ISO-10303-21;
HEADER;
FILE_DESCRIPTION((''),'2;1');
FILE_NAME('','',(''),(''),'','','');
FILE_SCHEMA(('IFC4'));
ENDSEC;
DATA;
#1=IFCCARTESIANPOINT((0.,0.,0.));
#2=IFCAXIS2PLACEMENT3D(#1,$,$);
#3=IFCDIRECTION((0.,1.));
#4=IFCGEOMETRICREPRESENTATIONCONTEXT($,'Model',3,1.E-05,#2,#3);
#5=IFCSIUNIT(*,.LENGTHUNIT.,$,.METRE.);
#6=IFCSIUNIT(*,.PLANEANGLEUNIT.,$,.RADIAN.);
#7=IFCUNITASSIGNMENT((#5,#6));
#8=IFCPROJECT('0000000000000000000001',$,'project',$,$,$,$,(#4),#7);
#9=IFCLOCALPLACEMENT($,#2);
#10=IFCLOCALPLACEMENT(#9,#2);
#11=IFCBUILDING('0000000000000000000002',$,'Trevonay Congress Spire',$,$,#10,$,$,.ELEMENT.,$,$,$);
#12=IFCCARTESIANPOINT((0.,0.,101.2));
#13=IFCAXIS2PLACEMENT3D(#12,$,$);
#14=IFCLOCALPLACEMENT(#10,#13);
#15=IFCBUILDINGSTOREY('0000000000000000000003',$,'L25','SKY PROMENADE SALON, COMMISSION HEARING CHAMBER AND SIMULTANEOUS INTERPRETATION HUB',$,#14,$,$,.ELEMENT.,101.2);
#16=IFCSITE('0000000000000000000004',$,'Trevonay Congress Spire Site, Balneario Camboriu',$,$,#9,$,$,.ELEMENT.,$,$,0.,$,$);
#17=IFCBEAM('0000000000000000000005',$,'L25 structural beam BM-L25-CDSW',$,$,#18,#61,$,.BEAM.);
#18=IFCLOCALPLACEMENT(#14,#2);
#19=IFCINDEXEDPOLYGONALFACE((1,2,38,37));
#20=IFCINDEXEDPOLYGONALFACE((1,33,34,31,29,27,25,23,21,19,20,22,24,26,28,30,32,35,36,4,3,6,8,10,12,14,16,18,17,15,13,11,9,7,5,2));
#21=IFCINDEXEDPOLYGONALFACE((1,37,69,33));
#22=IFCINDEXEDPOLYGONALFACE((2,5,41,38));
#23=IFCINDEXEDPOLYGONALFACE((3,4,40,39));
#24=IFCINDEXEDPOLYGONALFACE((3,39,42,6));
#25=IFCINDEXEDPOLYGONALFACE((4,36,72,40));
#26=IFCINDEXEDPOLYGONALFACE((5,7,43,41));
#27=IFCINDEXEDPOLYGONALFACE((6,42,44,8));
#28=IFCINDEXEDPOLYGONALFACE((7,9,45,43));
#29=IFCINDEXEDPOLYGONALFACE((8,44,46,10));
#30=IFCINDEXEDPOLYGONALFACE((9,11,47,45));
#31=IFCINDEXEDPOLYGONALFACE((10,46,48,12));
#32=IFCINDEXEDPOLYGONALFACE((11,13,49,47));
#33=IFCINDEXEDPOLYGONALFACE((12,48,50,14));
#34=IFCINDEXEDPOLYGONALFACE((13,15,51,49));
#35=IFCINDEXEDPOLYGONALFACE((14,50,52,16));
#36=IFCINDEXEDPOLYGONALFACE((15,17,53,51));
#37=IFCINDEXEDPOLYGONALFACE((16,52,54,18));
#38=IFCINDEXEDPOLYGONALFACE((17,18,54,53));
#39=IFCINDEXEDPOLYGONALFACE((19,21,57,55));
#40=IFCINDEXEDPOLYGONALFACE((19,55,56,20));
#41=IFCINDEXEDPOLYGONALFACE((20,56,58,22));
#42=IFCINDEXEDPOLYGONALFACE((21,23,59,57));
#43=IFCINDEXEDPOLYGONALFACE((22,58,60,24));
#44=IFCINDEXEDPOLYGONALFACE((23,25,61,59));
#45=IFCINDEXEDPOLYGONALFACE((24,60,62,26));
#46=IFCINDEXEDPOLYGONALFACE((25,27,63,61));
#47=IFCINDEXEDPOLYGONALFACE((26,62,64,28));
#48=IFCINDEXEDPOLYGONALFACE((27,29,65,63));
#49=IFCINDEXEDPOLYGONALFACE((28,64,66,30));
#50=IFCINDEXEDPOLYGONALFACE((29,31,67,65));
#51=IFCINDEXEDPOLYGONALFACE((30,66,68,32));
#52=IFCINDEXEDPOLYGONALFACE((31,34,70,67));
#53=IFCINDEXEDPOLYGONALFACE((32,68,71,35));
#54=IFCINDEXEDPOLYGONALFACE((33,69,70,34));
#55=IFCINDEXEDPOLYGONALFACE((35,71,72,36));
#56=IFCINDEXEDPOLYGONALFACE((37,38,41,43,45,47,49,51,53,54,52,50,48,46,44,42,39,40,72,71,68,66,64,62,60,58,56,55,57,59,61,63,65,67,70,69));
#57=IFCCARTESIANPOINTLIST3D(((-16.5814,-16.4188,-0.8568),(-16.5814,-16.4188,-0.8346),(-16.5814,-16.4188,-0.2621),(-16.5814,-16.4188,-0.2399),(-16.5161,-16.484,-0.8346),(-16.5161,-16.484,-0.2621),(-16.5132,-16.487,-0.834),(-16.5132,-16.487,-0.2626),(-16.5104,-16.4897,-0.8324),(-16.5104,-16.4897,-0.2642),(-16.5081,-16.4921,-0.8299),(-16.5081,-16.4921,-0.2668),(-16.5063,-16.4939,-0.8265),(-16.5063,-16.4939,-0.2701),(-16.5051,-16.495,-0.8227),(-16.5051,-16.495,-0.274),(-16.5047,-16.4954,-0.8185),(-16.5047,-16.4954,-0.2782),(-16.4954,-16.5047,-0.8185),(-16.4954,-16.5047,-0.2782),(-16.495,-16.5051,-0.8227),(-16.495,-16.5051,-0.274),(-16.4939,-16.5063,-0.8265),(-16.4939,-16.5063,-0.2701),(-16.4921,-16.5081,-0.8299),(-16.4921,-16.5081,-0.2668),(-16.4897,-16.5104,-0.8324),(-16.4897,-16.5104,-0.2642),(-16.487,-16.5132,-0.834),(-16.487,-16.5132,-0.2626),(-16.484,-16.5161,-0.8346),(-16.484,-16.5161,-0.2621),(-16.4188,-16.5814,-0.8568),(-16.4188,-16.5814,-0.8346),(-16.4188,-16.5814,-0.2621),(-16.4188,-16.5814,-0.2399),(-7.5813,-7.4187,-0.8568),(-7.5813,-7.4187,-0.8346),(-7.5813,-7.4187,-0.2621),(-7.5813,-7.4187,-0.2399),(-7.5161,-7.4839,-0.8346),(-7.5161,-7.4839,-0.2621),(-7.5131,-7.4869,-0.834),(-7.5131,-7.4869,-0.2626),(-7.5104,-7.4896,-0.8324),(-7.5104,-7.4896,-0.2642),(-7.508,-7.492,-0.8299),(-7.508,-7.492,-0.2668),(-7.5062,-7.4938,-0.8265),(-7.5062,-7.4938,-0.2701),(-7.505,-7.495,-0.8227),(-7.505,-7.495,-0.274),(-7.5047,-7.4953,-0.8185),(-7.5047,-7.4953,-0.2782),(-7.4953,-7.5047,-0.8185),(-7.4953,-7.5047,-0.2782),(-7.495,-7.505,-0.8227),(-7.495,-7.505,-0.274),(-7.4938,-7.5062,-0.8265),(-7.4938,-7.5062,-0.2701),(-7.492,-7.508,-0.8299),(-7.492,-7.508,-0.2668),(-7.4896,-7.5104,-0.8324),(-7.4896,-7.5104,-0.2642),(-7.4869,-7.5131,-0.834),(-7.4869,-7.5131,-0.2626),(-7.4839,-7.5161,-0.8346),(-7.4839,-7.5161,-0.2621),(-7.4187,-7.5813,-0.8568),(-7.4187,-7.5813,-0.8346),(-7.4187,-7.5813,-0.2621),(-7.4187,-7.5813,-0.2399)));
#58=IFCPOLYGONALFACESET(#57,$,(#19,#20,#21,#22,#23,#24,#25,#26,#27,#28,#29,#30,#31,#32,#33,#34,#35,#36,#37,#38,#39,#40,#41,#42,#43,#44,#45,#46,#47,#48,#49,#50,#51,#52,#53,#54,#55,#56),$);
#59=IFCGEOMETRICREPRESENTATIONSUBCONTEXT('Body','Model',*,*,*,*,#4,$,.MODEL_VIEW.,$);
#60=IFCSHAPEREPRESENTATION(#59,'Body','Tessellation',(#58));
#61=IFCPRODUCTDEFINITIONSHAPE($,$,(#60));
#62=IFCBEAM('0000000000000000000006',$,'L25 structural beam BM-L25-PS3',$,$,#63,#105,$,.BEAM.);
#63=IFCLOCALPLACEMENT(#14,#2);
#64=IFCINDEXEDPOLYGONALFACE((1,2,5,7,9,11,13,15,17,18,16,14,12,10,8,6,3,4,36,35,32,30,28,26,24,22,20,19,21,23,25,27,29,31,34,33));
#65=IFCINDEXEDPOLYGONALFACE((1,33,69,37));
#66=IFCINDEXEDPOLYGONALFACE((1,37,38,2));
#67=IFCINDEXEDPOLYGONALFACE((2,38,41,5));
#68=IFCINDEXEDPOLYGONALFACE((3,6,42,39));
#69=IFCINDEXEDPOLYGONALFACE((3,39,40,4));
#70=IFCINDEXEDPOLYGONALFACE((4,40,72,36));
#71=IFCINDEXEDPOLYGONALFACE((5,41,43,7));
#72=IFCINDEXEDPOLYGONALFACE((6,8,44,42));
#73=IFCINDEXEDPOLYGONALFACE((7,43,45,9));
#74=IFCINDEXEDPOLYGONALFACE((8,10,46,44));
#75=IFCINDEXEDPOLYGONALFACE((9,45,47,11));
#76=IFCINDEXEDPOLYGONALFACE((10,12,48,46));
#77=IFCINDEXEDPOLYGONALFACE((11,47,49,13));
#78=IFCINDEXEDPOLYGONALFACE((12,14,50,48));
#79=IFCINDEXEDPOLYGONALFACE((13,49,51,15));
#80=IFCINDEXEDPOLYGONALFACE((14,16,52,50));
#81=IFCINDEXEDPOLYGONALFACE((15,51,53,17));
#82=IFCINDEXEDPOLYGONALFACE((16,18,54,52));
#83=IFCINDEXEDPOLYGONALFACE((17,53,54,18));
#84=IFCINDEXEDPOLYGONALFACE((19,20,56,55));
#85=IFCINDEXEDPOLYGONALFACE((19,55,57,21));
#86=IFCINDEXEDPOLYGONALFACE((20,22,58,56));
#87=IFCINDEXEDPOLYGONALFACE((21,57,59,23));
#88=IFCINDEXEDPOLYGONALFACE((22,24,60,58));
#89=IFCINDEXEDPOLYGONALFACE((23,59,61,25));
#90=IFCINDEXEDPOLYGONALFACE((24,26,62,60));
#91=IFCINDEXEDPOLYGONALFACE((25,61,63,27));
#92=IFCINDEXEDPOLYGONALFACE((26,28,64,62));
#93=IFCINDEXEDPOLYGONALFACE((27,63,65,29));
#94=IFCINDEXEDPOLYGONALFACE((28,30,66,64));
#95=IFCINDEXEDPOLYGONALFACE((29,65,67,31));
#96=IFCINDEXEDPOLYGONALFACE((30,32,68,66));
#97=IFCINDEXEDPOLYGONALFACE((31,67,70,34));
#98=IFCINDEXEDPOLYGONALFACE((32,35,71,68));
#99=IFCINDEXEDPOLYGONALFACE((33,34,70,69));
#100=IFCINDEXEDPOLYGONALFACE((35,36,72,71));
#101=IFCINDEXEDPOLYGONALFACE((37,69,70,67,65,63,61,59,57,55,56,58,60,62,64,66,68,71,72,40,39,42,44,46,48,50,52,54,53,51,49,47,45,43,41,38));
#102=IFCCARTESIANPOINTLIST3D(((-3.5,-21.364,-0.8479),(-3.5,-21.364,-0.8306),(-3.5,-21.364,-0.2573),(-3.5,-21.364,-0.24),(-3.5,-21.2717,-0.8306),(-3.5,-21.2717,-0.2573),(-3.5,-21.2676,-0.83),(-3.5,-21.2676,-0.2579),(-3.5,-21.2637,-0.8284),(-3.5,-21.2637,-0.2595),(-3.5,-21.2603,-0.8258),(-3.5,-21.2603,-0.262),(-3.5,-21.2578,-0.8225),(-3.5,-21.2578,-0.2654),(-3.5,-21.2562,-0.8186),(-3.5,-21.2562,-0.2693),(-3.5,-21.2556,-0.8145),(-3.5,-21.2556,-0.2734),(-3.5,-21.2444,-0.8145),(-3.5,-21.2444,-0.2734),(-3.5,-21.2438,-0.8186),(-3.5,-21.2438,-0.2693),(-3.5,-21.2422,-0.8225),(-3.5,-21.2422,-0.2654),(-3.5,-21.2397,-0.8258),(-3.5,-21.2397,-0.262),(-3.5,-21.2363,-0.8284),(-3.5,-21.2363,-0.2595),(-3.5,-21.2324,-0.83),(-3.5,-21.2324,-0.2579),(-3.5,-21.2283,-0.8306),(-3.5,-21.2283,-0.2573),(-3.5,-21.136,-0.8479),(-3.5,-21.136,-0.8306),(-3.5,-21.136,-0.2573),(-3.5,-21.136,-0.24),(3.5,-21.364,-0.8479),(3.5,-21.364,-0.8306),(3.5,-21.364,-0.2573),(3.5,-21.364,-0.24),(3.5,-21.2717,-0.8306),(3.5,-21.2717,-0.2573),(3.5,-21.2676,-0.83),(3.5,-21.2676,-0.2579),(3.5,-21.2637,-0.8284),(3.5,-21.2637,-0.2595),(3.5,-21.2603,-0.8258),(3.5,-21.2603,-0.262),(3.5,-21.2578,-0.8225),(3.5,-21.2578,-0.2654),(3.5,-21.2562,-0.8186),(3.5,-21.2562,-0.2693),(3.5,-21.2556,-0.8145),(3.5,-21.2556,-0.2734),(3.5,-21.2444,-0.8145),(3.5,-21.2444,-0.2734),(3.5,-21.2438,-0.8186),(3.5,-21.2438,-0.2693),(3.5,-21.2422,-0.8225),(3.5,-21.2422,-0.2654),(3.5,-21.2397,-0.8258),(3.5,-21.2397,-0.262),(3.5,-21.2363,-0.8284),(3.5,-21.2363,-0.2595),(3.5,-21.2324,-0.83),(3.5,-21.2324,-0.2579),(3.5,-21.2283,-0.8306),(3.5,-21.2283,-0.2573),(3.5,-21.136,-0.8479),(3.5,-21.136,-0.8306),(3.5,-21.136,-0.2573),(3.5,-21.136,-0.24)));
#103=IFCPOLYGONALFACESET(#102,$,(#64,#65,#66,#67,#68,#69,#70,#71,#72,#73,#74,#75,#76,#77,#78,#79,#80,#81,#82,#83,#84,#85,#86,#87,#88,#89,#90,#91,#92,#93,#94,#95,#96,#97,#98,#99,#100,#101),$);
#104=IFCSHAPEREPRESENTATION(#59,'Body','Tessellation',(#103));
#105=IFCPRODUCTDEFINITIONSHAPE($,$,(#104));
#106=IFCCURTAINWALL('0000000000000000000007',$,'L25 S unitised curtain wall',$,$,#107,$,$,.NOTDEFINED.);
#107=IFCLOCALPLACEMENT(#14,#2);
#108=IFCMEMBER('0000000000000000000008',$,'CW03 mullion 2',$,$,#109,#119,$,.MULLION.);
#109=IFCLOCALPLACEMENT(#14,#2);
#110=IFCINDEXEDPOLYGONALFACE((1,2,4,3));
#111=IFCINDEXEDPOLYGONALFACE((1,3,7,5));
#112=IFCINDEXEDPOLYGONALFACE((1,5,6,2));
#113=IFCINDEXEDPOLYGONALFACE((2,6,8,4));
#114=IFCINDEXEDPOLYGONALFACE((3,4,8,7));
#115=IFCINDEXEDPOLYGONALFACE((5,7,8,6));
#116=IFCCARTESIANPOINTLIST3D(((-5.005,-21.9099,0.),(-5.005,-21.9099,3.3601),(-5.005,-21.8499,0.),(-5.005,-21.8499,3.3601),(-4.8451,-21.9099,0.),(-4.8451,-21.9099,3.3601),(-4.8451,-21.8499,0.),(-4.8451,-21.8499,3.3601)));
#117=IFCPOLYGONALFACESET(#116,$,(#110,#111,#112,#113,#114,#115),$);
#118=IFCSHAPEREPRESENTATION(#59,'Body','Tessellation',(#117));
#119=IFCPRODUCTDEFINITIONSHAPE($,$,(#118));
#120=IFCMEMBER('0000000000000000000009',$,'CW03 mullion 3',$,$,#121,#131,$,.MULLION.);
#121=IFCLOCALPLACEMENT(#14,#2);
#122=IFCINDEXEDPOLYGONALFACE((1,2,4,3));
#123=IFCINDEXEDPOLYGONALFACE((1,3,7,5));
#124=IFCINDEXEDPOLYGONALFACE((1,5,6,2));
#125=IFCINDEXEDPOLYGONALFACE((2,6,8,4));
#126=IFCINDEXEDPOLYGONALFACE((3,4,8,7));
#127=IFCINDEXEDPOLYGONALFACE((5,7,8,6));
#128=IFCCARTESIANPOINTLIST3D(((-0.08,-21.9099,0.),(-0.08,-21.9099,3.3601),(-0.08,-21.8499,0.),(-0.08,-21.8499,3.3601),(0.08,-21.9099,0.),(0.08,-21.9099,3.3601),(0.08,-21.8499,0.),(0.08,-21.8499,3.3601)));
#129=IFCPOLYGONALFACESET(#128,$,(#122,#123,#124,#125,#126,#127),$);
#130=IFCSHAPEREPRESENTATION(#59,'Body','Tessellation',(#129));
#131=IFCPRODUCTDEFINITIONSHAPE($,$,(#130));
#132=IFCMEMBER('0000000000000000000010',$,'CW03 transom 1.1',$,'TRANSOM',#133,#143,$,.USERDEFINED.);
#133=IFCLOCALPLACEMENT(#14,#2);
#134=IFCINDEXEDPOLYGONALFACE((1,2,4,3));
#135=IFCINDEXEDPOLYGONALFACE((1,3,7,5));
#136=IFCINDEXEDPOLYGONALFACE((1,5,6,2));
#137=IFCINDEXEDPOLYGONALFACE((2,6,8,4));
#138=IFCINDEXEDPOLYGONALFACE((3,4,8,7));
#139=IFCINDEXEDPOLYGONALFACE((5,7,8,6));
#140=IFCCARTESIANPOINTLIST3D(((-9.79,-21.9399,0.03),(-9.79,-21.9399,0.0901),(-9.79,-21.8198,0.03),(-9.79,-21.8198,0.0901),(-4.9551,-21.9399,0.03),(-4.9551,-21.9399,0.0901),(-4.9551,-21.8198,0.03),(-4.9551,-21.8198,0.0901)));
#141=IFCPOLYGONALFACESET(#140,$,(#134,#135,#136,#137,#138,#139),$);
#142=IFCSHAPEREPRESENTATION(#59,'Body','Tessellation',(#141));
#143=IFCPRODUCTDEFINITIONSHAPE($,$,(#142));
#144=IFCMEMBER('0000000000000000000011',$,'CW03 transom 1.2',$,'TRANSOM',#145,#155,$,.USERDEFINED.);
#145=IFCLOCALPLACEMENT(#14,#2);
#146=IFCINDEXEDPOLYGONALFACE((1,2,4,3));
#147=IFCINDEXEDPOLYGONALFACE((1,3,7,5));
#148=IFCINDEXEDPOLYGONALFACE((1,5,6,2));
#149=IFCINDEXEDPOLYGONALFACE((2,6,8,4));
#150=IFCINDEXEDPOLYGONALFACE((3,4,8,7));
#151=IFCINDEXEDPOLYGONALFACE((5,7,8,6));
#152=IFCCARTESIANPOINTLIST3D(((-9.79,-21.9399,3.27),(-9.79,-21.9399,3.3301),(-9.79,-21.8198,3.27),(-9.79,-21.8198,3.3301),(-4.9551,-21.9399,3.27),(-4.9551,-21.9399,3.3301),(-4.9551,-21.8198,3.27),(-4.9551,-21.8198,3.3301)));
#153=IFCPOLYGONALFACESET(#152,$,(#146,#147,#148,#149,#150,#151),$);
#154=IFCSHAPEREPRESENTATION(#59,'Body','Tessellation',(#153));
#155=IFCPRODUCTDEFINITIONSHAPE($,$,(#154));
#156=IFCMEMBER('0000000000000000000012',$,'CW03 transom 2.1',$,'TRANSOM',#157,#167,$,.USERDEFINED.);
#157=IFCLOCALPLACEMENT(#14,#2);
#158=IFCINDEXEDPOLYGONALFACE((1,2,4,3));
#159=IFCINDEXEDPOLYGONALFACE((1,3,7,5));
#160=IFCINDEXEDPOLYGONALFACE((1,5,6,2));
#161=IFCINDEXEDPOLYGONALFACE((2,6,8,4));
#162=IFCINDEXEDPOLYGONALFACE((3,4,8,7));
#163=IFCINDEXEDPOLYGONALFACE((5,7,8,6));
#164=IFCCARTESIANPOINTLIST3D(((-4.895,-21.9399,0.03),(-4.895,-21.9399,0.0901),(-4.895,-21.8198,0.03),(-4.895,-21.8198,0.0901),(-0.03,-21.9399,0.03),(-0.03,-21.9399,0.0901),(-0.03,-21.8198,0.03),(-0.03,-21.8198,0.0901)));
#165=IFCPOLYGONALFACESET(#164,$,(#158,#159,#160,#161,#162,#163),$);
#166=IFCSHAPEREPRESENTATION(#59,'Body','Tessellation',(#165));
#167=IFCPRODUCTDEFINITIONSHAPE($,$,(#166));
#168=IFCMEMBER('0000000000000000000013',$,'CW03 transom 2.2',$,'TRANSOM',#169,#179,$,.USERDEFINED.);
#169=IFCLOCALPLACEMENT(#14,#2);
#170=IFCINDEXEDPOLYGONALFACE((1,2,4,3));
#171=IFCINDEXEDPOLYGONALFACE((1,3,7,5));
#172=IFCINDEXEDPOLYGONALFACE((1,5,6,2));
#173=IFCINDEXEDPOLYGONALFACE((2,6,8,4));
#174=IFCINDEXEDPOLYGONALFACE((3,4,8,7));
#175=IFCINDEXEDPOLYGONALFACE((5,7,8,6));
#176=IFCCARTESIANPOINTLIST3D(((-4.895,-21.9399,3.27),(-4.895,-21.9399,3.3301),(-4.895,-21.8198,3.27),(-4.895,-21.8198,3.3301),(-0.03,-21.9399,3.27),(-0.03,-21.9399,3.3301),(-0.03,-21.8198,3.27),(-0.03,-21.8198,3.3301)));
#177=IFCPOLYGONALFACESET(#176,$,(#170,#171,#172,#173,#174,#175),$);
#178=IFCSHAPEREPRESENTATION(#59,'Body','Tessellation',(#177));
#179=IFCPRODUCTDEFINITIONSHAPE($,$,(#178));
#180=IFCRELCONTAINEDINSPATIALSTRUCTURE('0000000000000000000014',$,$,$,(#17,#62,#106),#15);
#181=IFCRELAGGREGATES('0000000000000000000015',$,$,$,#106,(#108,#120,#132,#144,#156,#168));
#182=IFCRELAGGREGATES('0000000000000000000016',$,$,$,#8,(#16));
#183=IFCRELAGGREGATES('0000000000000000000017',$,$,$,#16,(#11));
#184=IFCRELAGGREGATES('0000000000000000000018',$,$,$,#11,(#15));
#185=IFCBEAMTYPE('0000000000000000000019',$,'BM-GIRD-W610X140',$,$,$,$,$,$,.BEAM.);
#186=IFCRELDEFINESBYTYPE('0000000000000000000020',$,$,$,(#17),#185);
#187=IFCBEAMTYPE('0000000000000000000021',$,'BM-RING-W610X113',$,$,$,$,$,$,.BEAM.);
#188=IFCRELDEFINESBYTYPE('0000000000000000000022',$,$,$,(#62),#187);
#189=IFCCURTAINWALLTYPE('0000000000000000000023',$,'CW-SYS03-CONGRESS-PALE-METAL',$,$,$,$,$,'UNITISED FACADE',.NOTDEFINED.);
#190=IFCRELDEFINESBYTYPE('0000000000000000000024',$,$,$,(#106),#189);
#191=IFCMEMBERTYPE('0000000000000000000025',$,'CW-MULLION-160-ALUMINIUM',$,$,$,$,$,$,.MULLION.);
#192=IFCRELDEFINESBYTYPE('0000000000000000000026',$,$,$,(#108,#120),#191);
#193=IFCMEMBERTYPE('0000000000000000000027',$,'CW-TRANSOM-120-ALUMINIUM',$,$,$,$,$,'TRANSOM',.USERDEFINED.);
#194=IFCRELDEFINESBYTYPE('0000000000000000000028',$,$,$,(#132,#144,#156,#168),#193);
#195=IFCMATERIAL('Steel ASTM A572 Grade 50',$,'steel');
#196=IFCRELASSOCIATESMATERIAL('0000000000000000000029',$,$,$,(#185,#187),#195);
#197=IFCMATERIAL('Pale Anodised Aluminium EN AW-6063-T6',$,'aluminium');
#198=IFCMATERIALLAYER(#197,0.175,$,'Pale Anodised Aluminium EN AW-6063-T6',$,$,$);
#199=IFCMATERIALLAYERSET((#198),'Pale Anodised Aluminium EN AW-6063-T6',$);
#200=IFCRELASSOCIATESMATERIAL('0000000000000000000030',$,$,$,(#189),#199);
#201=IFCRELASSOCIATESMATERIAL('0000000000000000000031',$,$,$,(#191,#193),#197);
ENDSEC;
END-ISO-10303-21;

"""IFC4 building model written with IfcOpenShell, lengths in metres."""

from ifc_helpers import new_model, si_unit, direction, frame, origin, origin_2d, place, context, subcontext, project, spatial, rectangle, i_section, extrude, material, layer, layer_set, material_profile, profile_set, type_object, element, aggregate, save


model = new_model("IFC4")

# Units and contexts
model_context = context("Model", 3, precision=1e-05, world=origin(), true_north=direction((0.0, 1.0)))
body_context = subcontext(model_context, "Body", "Model", "MODEL_VIEW")
ifc_project = project(units=[si_unit("LENGTHUNIT", "METRE"), si_unit("PLANEANGLEUNIT", "RADIAN")], contexts=[model_context])

# Site, building, storey
site_placement = place(None, origin())
site = spatial("IfcSite", under=ifc_project, at=site_placement, Name="Trevonay Congress Spire Site, Balneario Camboriu", CompositionType="ELEMENT", RefElevation=0.0)
building_placement = place(site_placement, origin())
building = spatial("IfcBuilding", under=site, at=building_placement, Name="Trevonay Congress Spire", CompositionType="ELEMENT")
storey_placement = place(building_placement, frame((0.0, 0.0, 101.2)))
storey = spatial("IfcBuildingStorey", under=building, at=storey_placement, Name="L25", Description="SKY PROMENADE SALON, COMMISSION HEARING CHAMBER AND SIMULTANEOUS INTERPRETATION HUB", CompositionType="ELEMENT", Elevation=101.2)

# Shared definitions
ifc_material_1 = material(Name="Steel ASTM A572 Grade 50", Category="steel")

# Beams
ifc_material_profile_1 = material_profile(ifc_material_1, i_section(OverallWidth=0.23, OverallDepth=0.6169, WebThickness=0.0132, FlangeThickness=0.0222, FilletRadius=0.0161, at=origin_2d()), Name="W610x140")
ifc_profile_set_1 = profile_set([ifc_material_profile_1], Name="Steel ASTM A572 Grade 50")
beam_type_1 = type_object("IfcBeamType", Name="BM-GIRD-W610X140", PredefinedType="BEAM", material=ifc_profile_set_1)
beam_1_placement = place(storey_placement, frame((-7.5, -7.5, -0.5483), z_axis=(-0.707107, -0.707107, 0.0), x_axis=(0.707107, -0.707107, 0.0)))
element("IfcBeam", 1, at=beam_1_placement, inside=storey, type_object=beam_type_1, Name="L25 structural beam BM-L25-CDSW", PredefinedType="BEAM", context=body_context, shape_type="SweptSolid", body=[
    extrude(i_section(OverallWidth=0.23, OverallDepth=0.6169, WebThickness=0.0132, FlangeThickness=0.0222, FilletRadius=0.0161, at=origin_2d()), origin(), (0.0, 0.0, 1.0), 12.728),
])
ifc_material_profile_2 = material_profile(ifc_material_1, i_section(OverallWidth=0.228, OverallDepth=0.6079, WebThickness=0.0112, FlangeThickness=0.0173, FilletRadius=0.0161, at=origin_2d()), Name="W610x113")
ifc_profile_set_2 = profile_set([ifc_material_profile_2], Name="Steel ASTM A572 Grade 50")
beam_type_2 = type_object("IfcBeamType", Name="BM-RING-W610X113", PredefinedType="BEAM", material=ifc_profile_set_2)
beam_2_placement = place(storey_placement, frame((-3.5, -21.25, -0.5439), z_axis=(1.0, 0.0, 0.0), x_axis=(0.0, 1.0, 0.0)))
element("IfcBeam", 2, at=beam_2_placement, inside=storey, type_object=beam_type_2, Name="L25 structural beam BM-L25-PS3", PredefinedType="BEAM", context=body_context, shape_type="SweptSolid", body=[
    extrude(i_section(OverallWidth=0.228, OverallDepth=0.6079, WebThickness=0.0112, FlangeThickness=0.0173, FilletRadius=0.0161, at=origin_2d()), origin(), (0.0, 0.0, 1.0), 7.0),
])

# Curtain wall, members
ifc_material_2 = material(Name="Pale Anodised Aluminium EN AW-6063-T6", Category="aluminium")
ifc_layer_1 = layer(ifc_material_2, 0.175, Name="Pale Anodised Aluminium EN AW-6063-T6")
ifc_layer_set_1 = layer_set([ifc_layer_1], Name="Pale Anodised Aluminium EN AW-6063-T6")
curtain_wall_type = type_object("IfcCurtainWallType", Name="CW-SYS03-CONGRESS-PALE-METAL", ElementType="UNITISED FACADE", PredefinedType="NOTDEFINED", material=ifc_layer_set_1)
curtain_wall_placement = place(storey_placement, origin())
curtain_wall = element("IfcCurtainWall", 3, at=curtain_wall_placement, inside=storey, type_object=curtain_wall_type, Name="L25 S unitised curtain wall", PredefinedType="NOTDEFINED")
ifc_material_profile_3 = material_profile(ifc_material_2, rectangle(XDim=0.0601, YDim=0.1599, at=origin_2d()), Name="CW-MULLION-160-ALUMINIUM")
ifc_profile_set_3 = profile_set([ifc_material_profile_3], Name="Pale Anodised Aluminium EN AW-6063-T6")
member_type_1 = type_object("IfcMemberType", Name="CW-MULLION-160-ALUMINIUM", PredefinedType="MULLION", material=ifc_profile_set_3)
member_1_placement = place(storey_placement, frame((-4.925, -21.8799, 0.0), z_axis=(0.0, 0.0, 1.0), x_axis=(0.0, 1.0, 0.0)))
member_1 = element("IfcMember", 4, at=member_1_placement, type_object=member_type_1, Name="CW03 mullion 2", PredefinedType="MULLION", context=body_context, shape_type="SweptSolid", body=[
    extrude(rectangle(XDim=0.0601, YDim=0.1599, at=origin_2d()), origin(), (0.0, 0.0, 1.0), 3.3601),
])
member_2_placement = place(storey_placement, frame((0.0, -21.8799, 0.0), z_axis=(0.0, 0.0, 1.0), x_axis=(0.0, 1.0, 0.0)))
member_2 = element("IfcMember", 5, at=member_2_placement, type_object=member_type_1, Name="CW03 mullion 3", PredefinedType="MULLION", context=body_context, shape_type="SweptSolid", body=[
    extrude(rectangle(XDim=0.0601, YDim=0.1599, at=origin_2d()), origin(), (0.0, 0.0, 1.0), 3.3601),
])
ifc_material_profile_4 = material_profile(ifc_material_2, rectangle(XDim=0.1201, YDim=0.0601, at=origin_2d()), Name="CW-TRANSOM-120-ALUMINIUM")
ifc_profile_set_4 = profile_set([ifc_material_profile_4], Name="Pale Anodised Aluminium EN AW-6063-T6")
member_type_2 = type_object("IfcMemberType", Name="CW-TRANSOM-120-ALUMINIUM", ElementType="TRANSOM", PredefinedType="USERDEFINED", material=ifc_profile_set_4)
member_3_placement = place(storey_placement, frame((-9.79, -21.8799, 0.0601), z_axis=(1.0, 0.0, 0.0), x_axis=(0.0, 1.0, 0.0)))
member_3 = element("IfcMember", 6, at=member_3_placement, type_object=member_type_2, Name="CW03 transom 1.1", ObjectType="TRANSOM", PredefinedType="USERDEFINED", context=body_context, shape_type="SweptSolid", body=[
    extrude(rectangle(XDim=0.1201, YDim=0.0601, at=origin_2d()), origin(), (0.0, 0.0, 1.0), 4.835),
])
member_4_placement = place(storey_placement, frame((-9.79, -21.8799, 3.3), z_axis=(1.0, 0.0, 0.0), x_axis=(0.0, 1.0, 0.0)))
member_4 = element("IfcMember", 7, at=member_4_placement, type_object=member_type_2, Name="CW03 transom 1.2", ObjectType="TRANSOM", PredefinedType="USERDEFINED", context=body_context, shape_type="SweptSolid", body=[
    extrude(rectangle(XDim=0.1201, YDim=0.0601, at=origin_2d()), origin(), (0.0, 0.0, 1.0), 4.835),
])
member_5_placement = place(storey_placement, frame((-4.895, -21.8799, 0.0601), z_axis=(1.0, 0.0, 0.0), x_axis=(0.0, 1.0, 0.0)))
member_5 = element("IfcMember", 8, at=member_5_placement, type_object=member_type_2, Name="CW03 transom 2.1", ObjectType="TRANSOM", PredefinedType="USERDEFINED", context=body_context, shape_type="SweptSolid", body=[
    extrude(rectangle(XDim=0.1201, YDim=0.0601, at=origin_2d()), origin(), (0.0, 0.0, 1.0), 4.865),
])
member_6_placement = place(storey_placement, frame((-4.895, -21.8799, 3.3), z_axis=(1.0, 0.0, 0.0), x_axis=(0.0, 1.0, 0.0)))
member_6 = element("IfcMember", 9, at=member_6_placement, type_object=member_type_2, Name="CW03 transom 2.2", ObjectType="TRANSOM", PredefinedType="USERDEFINED", context=body_context, shape_type="SweptSolid", body=[
    extrude(rectangle(XDim=0.1201, YDim=0.0601, at=origin_2d()), origin(), (0.0, 0.0, 1.0), 4.865),
])
aggregate(curtain_wall, [member_1, member_2, member_3, member_4, member_5, member_6])

save(model, "model.ifc")
